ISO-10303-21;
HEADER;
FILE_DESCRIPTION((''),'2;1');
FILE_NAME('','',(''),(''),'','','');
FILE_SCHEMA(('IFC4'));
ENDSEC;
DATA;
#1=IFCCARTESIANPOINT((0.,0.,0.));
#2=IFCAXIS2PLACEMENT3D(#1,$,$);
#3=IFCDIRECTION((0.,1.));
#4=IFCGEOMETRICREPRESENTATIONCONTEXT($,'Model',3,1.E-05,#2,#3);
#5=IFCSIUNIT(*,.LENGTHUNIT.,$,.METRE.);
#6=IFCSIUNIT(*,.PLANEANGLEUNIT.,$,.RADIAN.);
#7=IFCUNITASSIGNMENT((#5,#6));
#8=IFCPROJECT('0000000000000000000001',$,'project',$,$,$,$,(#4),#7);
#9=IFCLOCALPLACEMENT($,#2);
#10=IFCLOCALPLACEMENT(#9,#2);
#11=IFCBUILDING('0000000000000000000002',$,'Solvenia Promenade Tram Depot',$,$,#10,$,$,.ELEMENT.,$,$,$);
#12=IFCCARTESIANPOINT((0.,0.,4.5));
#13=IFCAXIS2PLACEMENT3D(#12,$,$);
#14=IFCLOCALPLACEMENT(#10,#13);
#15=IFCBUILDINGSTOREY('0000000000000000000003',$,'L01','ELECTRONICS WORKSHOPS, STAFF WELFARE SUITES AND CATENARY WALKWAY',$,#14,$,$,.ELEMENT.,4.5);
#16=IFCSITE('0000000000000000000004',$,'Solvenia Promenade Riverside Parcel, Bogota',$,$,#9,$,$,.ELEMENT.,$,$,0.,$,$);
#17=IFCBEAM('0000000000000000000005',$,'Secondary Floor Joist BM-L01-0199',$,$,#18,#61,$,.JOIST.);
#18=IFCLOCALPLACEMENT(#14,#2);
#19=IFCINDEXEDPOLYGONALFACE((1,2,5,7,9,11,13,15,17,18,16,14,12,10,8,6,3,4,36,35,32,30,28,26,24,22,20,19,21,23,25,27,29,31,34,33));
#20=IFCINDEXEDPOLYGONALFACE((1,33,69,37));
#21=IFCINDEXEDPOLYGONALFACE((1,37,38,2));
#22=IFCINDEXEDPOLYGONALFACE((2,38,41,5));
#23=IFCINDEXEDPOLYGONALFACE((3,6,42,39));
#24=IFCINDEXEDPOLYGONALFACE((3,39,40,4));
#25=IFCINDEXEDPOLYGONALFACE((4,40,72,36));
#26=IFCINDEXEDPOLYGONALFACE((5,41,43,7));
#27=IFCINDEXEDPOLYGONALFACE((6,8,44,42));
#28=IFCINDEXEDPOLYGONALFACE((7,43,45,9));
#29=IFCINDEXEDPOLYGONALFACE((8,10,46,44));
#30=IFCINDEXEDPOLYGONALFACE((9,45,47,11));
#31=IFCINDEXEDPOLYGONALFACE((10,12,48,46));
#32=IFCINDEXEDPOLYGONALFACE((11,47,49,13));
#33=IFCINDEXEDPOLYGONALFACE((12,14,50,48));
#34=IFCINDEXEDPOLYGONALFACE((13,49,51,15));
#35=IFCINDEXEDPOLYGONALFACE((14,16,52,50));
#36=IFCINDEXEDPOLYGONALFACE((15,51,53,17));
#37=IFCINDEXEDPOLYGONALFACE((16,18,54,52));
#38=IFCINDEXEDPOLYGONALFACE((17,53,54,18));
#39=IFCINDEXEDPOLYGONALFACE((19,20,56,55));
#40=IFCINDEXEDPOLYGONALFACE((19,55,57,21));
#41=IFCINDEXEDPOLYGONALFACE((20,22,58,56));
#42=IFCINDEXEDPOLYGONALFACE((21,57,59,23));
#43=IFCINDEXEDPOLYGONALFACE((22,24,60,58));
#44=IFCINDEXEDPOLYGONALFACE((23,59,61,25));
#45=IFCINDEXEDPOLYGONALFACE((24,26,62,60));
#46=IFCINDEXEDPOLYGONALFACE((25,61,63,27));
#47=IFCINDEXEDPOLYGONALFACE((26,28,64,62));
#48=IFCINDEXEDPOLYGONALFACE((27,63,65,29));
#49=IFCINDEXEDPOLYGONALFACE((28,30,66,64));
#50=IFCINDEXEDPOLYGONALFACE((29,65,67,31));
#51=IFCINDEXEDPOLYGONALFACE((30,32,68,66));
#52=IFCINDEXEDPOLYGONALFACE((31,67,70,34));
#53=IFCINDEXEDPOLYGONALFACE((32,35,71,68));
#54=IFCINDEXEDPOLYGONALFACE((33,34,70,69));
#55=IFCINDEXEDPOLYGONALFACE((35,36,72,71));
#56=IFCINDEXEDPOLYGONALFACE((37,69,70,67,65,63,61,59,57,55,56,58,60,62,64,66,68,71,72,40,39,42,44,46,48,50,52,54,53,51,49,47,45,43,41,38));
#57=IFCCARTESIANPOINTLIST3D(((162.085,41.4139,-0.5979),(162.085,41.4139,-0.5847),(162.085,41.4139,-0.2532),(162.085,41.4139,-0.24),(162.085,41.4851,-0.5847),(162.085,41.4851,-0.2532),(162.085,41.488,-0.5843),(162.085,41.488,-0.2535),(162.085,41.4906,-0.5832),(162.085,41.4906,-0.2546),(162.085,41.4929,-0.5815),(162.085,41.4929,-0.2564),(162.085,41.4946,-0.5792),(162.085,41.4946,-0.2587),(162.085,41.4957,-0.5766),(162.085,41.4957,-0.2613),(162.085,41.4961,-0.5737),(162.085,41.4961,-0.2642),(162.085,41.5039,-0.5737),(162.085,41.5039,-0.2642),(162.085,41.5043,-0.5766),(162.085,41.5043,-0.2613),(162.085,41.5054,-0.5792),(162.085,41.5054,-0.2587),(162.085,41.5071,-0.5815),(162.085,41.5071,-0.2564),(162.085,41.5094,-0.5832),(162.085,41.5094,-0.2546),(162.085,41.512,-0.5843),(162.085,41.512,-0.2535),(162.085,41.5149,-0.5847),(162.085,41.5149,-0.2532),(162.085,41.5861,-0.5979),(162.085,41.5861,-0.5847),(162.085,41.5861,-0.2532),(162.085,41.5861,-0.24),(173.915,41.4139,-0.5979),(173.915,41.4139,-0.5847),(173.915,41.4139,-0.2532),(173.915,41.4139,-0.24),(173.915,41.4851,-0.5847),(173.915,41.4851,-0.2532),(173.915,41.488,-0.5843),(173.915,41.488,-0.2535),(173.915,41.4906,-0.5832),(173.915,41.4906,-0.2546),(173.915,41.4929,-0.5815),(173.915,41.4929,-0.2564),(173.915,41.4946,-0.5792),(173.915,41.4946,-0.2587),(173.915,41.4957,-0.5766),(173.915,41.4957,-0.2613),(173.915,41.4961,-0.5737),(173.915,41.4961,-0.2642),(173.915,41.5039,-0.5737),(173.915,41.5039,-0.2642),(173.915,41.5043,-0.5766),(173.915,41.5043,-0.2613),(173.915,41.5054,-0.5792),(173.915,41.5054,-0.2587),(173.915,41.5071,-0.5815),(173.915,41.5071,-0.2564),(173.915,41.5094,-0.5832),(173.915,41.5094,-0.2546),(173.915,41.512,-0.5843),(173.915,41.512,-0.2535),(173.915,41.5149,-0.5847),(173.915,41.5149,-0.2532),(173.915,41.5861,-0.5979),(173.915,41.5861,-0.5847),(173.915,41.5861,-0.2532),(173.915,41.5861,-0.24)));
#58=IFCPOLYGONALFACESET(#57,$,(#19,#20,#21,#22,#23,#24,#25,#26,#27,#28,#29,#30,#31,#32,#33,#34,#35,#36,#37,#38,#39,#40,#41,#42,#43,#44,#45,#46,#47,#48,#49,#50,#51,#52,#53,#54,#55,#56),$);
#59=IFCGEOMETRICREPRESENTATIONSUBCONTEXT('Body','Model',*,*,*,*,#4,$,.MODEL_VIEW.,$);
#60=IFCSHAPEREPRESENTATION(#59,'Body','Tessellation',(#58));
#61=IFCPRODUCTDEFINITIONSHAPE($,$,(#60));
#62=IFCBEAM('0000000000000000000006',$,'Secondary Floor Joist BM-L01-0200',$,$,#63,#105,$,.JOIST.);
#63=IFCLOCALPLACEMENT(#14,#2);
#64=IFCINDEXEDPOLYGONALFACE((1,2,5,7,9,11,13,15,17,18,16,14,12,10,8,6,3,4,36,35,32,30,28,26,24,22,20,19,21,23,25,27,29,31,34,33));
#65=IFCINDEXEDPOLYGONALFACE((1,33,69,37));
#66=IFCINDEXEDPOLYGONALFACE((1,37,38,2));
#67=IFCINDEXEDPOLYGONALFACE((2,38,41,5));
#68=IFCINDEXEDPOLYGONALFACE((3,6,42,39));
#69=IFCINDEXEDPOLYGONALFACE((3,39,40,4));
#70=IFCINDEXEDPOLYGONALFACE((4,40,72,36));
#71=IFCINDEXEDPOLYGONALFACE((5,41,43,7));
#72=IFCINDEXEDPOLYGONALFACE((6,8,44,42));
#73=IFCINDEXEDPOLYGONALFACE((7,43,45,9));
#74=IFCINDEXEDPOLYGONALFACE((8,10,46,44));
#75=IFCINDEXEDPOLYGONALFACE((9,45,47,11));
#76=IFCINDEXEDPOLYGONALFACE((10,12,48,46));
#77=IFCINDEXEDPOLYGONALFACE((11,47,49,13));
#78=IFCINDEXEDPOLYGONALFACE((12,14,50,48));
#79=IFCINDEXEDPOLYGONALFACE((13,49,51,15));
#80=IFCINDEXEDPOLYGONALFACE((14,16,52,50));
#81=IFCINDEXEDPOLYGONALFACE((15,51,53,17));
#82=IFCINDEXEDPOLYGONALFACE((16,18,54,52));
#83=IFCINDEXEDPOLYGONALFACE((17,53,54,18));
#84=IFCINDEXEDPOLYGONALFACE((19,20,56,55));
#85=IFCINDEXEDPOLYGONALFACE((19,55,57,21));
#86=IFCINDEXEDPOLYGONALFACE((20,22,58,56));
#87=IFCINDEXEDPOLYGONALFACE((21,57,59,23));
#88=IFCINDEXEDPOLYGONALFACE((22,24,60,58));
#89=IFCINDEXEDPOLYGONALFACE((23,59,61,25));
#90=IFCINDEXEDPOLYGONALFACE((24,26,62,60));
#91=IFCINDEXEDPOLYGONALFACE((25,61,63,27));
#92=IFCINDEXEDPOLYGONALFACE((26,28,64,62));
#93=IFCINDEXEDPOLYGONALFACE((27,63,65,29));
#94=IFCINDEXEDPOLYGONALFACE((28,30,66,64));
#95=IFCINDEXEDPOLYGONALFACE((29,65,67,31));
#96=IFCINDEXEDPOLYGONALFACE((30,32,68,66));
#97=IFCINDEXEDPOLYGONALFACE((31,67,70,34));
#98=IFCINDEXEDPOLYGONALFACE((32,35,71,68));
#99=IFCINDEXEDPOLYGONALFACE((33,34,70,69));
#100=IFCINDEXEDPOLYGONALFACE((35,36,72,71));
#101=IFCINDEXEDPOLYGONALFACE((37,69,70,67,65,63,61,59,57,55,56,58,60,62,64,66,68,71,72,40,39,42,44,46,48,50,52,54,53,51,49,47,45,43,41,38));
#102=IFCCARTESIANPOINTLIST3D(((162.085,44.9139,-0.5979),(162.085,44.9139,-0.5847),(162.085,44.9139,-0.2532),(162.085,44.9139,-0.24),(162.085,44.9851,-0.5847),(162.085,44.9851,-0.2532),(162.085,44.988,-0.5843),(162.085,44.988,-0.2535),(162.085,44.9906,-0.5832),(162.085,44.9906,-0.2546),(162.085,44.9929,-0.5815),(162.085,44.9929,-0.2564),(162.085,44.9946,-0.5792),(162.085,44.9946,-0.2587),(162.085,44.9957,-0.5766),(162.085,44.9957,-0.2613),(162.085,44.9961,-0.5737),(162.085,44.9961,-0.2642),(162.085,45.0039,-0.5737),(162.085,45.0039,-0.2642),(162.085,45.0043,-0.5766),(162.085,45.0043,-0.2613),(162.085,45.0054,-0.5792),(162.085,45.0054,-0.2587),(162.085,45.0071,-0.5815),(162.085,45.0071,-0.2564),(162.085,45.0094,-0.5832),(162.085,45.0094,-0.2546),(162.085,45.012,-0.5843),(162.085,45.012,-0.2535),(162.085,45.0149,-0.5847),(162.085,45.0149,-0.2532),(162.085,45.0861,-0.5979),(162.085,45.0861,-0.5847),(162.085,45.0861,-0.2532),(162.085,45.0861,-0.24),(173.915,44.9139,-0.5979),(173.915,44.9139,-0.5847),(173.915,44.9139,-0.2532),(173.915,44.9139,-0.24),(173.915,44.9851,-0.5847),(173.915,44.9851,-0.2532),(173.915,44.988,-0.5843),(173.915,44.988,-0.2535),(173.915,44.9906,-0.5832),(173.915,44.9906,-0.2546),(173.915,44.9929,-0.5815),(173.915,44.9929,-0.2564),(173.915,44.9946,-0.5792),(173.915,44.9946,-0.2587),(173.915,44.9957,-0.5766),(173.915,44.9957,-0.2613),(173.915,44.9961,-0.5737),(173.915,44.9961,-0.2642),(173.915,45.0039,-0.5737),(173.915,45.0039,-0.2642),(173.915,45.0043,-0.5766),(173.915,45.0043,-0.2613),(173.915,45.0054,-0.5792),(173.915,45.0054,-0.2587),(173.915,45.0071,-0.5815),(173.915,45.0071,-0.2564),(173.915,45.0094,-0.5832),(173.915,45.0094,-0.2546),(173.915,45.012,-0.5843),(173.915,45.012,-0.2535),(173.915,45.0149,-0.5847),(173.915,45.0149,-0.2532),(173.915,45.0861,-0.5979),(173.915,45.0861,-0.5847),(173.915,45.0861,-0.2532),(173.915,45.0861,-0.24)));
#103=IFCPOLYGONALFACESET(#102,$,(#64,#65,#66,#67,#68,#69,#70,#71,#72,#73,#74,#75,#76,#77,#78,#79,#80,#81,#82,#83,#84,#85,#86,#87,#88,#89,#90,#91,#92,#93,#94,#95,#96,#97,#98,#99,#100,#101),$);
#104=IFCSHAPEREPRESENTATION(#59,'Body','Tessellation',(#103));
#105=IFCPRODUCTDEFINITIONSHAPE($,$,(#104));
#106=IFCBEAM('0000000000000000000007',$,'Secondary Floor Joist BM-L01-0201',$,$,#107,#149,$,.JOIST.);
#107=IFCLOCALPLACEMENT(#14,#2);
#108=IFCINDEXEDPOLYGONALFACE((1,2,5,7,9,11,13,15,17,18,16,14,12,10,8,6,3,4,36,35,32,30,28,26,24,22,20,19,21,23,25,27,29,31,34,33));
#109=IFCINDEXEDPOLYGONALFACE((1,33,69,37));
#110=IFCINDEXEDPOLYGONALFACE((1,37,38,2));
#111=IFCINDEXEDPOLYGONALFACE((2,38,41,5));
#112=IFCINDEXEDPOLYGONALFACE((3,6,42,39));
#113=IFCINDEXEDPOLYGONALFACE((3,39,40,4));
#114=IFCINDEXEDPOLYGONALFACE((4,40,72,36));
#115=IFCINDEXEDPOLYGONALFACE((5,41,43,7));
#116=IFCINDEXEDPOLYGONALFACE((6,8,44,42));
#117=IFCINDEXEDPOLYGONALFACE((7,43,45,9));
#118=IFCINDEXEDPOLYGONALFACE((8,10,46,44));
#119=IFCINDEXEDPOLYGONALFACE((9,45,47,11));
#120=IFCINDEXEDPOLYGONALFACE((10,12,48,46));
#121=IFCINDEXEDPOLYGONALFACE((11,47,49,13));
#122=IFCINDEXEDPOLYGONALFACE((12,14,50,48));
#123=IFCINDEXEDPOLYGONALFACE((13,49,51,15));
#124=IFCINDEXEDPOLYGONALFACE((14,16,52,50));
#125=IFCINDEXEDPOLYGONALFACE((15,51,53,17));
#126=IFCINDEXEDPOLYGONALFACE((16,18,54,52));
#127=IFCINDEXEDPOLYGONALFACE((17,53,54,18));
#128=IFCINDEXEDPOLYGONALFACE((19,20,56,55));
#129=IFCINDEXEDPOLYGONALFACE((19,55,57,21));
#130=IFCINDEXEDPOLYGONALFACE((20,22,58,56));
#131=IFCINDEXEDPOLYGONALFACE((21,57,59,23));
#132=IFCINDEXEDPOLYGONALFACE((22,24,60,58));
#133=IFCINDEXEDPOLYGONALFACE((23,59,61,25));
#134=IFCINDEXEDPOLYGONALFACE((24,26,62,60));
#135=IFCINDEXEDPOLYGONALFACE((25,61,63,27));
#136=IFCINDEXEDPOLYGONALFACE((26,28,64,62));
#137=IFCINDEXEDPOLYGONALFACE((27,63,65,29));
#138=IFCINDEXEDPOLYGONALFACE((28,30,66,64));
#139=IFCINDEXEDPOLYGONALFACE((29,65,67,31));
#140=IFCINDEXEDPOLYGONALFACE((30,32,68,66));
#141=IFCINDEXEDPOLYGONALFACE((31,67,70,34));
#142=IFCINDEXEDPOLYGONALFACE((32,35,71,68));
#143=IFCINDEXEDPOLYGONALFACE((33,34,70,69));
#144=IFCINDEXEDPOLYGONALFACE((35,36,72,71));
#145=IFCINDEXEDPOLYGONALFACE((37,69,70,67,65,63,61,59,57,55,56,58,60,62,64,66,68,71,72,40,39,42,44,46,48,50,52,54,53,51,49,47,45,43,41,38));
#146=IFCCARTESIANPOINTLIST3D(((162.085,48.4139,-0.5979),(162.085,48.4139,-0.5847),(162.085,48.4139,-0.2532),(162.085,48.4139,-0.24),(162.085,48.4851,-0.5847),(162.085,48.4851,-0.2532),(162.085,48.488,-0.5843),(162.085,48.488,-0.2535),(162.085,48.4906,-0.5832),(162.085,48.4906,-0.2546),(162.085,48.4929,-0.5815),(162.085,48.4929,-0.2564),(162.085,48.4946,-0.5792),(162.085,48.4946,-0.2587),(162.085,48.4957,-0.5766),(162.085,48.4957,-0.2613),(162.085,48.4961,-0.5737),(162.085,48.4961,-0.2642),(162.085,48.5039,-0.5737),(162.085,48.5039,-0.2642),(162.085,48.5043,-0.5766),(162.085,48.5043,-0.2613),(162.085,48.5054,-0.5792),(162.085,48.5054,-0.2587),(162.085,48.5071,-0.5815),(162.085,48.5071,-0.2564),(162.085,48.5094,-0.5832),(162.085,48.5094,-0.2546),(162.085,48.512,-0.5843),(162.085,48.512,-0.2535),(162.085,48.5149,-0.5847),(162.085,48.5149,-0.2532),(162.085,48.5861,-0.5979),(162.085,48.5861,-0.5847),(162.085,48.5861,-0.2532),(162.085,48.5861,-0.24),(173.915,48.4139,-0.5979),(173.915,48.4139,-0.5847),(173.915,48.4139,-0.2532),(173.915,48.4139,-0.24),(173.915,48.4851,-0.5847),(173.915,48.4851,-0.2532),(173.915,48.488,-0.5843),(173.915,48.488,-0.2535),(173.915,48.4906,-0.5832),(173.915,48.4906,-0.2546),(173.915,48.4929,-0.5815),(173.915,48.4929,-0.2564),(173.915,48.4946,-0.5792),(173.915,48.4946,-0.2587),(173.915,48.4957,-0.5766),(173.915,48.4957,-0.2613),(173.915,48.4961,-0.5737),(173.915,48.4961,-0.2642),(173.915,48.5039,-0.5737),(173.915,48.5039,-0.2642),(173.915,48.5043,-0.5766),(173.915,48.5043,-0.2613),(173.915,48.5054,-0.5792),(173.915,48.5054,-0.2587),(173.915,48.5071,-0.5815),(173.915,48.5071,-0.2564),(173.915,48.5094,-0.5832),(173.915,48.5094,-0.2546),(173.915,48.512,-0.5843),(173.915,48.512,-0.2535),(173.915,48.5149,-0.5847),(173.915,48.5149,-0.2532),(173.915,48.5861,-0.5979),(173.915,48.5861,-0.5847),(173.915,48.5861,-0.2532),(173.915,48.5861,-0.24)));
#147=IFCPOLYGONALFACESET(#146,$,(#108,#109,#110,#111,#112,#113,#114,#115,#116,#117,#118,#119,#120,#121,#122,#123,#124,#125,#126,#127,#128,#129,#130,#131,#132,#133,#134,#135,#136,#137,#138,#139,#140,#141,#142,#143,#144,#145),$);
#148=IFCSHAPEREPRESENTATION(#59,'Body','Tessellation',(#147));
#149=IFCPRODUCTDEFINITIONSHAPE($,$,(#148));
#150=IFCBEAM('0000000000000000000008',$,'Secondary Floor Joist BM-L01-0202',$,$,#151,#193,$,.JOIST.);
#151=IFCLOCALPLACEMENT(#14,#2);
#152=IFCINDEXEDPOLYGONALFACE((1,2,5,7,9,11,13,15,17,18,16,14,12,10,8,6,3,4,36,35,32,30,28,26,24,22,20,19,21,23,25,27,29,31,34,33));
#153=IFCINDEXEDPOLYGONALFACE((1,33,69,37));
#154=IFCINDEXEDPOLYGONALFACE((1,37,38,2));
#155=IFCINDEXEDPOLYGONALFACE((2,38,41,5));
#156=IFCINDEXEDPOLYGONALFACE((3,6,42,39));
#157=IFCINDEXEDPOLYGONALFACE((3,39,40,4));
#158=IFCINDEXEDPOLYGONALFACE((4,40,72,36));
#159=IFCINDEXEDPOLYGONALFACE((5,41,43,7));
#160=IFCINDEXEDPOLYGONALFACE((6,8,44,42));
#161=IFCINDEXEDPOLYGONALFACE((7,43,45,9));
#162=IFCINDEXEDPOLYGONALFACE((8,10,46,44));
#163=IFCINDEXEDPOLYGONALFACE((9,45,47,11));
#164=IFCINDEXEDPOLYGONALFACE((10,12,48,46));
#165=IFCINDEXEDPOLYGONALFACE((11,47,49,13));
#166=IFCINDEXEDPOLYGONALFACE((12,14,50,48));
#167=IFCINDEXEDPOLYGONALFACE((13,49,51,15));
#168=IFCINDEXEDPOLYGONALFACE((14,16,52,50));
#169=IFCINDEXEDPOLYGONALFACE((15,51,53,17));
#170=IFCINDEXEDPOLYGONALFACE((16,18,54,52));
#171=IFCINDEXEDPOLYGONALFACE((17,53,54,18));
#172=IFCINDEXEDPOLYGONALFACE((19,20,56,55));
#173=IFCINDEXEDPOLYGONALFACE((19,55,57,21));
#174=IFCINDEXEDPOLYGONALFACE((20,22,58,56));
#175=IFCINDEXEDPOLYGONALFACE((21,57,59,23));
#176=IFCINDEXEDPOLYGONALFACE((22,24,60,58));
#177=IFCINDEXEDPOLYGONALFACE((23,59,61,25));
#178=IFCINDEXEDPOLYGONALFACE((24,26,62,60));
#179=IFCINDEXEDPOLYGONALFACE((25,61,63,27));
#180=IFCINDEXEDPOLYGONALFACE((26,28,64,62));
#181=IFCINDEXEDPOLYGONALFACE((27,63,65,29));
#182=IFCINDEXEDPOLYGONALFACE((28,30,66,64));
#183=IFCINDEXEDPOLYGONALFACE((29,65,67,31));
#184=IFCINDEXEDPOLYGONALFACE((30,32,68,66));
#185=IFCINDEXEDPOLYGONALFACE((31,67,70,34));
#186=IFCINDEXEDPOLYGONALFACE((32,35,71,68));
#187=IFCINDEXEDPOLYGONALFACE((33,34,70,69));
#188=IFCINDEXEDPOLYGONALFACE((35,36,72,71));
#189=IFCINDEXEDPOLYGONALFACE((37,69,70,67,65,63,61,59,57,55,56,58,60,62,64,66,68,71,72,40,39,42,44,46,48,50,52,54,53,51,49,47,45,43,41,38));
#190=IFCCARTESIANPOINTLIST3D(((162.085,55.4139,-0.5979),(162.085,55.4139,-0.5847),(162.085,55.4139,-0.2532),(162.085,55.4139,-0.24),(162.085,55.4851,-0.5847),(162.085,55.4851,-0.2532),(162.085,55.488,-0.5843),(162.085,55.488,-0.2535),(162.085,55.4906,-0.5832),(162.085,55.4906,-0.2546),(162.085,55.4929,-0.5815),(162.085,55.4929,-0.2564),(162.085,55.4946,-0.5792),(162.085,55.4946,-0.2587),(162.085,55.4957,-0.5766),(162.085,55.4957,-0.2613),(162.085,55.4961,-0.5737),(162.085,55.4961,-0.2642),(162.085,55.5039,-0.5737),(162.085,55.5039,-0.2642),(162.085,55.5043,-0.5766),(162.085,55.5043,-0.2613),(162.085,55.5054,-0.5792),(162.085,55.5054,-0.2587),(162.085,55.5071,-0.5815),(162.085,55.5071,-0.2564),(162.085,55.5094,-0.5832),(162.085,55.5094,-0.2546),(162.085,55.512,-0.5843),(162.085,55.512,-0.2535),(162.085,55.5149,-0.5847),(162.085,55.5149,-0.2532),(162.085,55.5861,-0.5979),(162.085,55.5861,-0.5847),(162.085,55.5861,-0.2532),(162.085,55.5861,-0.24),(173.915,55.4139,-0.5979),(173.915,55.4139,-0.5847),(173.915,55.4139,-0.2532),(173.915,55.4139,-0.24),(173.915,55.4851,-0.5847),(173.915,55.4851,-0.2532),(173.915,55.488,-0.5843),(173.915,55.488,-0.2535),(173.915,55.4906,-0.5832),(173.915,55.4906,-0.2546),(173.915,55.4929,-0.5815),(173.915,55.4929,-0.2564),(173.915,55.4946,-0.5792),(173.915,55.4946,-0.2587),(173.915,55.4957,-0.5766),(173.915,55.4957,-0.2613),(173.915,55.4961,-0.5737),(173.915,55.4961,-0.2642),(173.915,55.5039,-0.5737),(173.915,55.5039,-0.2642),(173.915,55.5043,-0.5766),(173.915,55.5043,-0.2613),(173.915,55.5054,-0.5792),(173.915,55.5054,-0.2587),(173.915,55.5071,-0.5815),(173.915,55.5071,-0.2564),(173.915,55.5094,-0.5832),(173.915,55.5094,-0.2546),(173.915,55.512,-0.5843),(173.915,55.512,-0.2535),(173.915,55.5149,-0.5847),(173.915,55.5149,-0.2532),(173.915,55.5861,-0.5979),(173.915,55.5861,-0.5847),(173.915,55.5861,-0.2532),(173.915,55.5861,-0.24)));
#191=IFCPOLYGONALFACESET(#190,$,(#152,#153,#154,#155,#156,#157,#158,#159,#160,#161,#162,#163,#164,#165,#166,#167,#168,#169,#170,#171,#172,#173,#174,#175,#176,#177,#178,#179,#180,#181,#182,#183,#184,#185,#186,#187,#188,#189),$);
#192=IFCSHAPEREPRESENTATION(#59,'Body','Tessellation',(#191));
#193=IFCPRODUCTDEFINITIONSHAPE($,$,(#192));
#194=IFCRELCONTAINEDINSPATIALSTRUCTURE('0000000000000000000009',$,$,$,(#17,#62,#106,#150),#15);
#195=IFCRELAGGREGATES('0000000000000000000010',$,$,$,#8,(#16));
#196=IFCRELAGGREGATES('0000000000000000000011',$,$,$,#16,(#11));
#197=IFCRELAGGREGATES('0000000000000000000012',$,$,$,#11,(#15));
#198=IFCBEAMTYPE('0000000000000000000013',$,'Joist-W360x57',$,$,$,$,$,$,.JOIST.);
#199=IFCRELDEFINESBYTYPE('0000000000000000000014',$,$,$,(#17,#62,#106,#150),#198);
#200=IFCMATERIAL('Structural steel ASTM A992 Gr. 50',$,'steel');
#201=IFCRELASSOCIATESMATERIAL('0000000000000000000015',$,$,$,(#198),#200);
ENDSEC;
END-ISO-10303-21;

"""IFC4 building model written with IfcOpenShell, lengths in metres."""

from ifc_helpers import new_model, si_unit, direction, frame, origin, origin_2d, place, context, subcontext, project, spatial, i_section, extrude, material, material_profile, profile_set, type_object, element, save


model = new_model("IFC4")

# Units and contexts
model_context = context("Model", 3, precision=1e-05, world=origin(), true_north=direction((0.0, 1.0)))
body_context = subcontext(model_context, "Body", "Model", "MODEL_VIEW")
ifc_project = project(units=[si_unit("LENGTHUNIT", "METRE"), si_unit("PLANEANGLEUNIT", "RADIAN")], contexts=[model_context])

# Site, building, storey
site_placement = place(None, origin())
site = spatial("IfcSite", under=ifc_project, at=site_placement, Name="Solvenia Promenade Riverside Parcel, Bogota", CompositionType="ELEMENT", RefElevation=0.0)
building_placement = place(site_placement, origin())
building = spatial("IfcBuilding", under=site, at=building_placement, Name="Solvenia Promenade Tram Depot", CompositionType="ELEMENT")
storey_placement = place(building_placement, frame((0.0, 0.0, 4.5)))
storey = spatial("IfcBuildingStorey", under=building, at=storey_placement, Name="L01", Description="ELECTRONICS WORKSHOPS, STAFF WELFARE SUITES AND CATENARY WALKWAY", CompositionType="ELEMENT", Elevation=4.5)

# Shared definitions
ifc_material_1 = material(Name="Structural steel ASTM A992 Gr. 50", Category="steel")

# Beams
ifc_material_profile_1 = material_profile(ifc_material_1, i_section(OverallWidth=0.1721, OverallDepth=0.3579, WebThickness=0.0078, FlangeThickness=0.0132, FilletRadius=0.011, at=origin_2d()), Name="W360x57", Category="steel")
ifc_profile_set_1 = profile_set([ifc_material_profile_1], Name="Structural steel ASTM A992 Gr. 50")
beam_type_1 = type_object("IfcBeamType", Name="Joist-W360x57", PredefinedType="JOIST", material=ifc_profile_set_1)
for number, where, z_axis, x_axis, name in (
    (1, (162.085, 41.5, -0.4189), (1.0, 0.0, 0.0), (0.0, 1.0, 0.0), "Secondary Floor Joist BM-L01-0199"),
    (2, (162.085, 45.0, -0.4189), (1.0, 0.0, 0.0), (0.0, 1.0, 0.0), "Secondary Floor Joist BM-L01-0200"),
    (3, (162.085, 48.5, -0.4189), (1.0, 0.0, 0.0), (0.0, 1.0, 0.0), "Secondary Floor Joist BM-L01-0201"),
    (4, (162.085, 55.5, -0.4189), (1.0, 0.0, 0.0), (0.0, 1.0, 0.0), "Secondary Floor Joist BM-L01-0202"),
):
    element("IfcBeam", number, at=place(storey_placement, frame(where, z_axis=z_axis, x_axis=x_axis)), inside=storey, type_object=beam_type_1, Name=name, PredefinedType="JOIST", context=body_context, shape_type="SweptSolid", body=[
        extrude(i_section(OverallWidth=0.1721, OverallDepth=0.3579, WebThickness=0.0078, FlangeThickness=0.0132, FilletRadius=0.011, at=origin_2d()), origin(), (0.0, 0.0, 1.0), 11.8301),
    ])

save(model, "model.ifc")
